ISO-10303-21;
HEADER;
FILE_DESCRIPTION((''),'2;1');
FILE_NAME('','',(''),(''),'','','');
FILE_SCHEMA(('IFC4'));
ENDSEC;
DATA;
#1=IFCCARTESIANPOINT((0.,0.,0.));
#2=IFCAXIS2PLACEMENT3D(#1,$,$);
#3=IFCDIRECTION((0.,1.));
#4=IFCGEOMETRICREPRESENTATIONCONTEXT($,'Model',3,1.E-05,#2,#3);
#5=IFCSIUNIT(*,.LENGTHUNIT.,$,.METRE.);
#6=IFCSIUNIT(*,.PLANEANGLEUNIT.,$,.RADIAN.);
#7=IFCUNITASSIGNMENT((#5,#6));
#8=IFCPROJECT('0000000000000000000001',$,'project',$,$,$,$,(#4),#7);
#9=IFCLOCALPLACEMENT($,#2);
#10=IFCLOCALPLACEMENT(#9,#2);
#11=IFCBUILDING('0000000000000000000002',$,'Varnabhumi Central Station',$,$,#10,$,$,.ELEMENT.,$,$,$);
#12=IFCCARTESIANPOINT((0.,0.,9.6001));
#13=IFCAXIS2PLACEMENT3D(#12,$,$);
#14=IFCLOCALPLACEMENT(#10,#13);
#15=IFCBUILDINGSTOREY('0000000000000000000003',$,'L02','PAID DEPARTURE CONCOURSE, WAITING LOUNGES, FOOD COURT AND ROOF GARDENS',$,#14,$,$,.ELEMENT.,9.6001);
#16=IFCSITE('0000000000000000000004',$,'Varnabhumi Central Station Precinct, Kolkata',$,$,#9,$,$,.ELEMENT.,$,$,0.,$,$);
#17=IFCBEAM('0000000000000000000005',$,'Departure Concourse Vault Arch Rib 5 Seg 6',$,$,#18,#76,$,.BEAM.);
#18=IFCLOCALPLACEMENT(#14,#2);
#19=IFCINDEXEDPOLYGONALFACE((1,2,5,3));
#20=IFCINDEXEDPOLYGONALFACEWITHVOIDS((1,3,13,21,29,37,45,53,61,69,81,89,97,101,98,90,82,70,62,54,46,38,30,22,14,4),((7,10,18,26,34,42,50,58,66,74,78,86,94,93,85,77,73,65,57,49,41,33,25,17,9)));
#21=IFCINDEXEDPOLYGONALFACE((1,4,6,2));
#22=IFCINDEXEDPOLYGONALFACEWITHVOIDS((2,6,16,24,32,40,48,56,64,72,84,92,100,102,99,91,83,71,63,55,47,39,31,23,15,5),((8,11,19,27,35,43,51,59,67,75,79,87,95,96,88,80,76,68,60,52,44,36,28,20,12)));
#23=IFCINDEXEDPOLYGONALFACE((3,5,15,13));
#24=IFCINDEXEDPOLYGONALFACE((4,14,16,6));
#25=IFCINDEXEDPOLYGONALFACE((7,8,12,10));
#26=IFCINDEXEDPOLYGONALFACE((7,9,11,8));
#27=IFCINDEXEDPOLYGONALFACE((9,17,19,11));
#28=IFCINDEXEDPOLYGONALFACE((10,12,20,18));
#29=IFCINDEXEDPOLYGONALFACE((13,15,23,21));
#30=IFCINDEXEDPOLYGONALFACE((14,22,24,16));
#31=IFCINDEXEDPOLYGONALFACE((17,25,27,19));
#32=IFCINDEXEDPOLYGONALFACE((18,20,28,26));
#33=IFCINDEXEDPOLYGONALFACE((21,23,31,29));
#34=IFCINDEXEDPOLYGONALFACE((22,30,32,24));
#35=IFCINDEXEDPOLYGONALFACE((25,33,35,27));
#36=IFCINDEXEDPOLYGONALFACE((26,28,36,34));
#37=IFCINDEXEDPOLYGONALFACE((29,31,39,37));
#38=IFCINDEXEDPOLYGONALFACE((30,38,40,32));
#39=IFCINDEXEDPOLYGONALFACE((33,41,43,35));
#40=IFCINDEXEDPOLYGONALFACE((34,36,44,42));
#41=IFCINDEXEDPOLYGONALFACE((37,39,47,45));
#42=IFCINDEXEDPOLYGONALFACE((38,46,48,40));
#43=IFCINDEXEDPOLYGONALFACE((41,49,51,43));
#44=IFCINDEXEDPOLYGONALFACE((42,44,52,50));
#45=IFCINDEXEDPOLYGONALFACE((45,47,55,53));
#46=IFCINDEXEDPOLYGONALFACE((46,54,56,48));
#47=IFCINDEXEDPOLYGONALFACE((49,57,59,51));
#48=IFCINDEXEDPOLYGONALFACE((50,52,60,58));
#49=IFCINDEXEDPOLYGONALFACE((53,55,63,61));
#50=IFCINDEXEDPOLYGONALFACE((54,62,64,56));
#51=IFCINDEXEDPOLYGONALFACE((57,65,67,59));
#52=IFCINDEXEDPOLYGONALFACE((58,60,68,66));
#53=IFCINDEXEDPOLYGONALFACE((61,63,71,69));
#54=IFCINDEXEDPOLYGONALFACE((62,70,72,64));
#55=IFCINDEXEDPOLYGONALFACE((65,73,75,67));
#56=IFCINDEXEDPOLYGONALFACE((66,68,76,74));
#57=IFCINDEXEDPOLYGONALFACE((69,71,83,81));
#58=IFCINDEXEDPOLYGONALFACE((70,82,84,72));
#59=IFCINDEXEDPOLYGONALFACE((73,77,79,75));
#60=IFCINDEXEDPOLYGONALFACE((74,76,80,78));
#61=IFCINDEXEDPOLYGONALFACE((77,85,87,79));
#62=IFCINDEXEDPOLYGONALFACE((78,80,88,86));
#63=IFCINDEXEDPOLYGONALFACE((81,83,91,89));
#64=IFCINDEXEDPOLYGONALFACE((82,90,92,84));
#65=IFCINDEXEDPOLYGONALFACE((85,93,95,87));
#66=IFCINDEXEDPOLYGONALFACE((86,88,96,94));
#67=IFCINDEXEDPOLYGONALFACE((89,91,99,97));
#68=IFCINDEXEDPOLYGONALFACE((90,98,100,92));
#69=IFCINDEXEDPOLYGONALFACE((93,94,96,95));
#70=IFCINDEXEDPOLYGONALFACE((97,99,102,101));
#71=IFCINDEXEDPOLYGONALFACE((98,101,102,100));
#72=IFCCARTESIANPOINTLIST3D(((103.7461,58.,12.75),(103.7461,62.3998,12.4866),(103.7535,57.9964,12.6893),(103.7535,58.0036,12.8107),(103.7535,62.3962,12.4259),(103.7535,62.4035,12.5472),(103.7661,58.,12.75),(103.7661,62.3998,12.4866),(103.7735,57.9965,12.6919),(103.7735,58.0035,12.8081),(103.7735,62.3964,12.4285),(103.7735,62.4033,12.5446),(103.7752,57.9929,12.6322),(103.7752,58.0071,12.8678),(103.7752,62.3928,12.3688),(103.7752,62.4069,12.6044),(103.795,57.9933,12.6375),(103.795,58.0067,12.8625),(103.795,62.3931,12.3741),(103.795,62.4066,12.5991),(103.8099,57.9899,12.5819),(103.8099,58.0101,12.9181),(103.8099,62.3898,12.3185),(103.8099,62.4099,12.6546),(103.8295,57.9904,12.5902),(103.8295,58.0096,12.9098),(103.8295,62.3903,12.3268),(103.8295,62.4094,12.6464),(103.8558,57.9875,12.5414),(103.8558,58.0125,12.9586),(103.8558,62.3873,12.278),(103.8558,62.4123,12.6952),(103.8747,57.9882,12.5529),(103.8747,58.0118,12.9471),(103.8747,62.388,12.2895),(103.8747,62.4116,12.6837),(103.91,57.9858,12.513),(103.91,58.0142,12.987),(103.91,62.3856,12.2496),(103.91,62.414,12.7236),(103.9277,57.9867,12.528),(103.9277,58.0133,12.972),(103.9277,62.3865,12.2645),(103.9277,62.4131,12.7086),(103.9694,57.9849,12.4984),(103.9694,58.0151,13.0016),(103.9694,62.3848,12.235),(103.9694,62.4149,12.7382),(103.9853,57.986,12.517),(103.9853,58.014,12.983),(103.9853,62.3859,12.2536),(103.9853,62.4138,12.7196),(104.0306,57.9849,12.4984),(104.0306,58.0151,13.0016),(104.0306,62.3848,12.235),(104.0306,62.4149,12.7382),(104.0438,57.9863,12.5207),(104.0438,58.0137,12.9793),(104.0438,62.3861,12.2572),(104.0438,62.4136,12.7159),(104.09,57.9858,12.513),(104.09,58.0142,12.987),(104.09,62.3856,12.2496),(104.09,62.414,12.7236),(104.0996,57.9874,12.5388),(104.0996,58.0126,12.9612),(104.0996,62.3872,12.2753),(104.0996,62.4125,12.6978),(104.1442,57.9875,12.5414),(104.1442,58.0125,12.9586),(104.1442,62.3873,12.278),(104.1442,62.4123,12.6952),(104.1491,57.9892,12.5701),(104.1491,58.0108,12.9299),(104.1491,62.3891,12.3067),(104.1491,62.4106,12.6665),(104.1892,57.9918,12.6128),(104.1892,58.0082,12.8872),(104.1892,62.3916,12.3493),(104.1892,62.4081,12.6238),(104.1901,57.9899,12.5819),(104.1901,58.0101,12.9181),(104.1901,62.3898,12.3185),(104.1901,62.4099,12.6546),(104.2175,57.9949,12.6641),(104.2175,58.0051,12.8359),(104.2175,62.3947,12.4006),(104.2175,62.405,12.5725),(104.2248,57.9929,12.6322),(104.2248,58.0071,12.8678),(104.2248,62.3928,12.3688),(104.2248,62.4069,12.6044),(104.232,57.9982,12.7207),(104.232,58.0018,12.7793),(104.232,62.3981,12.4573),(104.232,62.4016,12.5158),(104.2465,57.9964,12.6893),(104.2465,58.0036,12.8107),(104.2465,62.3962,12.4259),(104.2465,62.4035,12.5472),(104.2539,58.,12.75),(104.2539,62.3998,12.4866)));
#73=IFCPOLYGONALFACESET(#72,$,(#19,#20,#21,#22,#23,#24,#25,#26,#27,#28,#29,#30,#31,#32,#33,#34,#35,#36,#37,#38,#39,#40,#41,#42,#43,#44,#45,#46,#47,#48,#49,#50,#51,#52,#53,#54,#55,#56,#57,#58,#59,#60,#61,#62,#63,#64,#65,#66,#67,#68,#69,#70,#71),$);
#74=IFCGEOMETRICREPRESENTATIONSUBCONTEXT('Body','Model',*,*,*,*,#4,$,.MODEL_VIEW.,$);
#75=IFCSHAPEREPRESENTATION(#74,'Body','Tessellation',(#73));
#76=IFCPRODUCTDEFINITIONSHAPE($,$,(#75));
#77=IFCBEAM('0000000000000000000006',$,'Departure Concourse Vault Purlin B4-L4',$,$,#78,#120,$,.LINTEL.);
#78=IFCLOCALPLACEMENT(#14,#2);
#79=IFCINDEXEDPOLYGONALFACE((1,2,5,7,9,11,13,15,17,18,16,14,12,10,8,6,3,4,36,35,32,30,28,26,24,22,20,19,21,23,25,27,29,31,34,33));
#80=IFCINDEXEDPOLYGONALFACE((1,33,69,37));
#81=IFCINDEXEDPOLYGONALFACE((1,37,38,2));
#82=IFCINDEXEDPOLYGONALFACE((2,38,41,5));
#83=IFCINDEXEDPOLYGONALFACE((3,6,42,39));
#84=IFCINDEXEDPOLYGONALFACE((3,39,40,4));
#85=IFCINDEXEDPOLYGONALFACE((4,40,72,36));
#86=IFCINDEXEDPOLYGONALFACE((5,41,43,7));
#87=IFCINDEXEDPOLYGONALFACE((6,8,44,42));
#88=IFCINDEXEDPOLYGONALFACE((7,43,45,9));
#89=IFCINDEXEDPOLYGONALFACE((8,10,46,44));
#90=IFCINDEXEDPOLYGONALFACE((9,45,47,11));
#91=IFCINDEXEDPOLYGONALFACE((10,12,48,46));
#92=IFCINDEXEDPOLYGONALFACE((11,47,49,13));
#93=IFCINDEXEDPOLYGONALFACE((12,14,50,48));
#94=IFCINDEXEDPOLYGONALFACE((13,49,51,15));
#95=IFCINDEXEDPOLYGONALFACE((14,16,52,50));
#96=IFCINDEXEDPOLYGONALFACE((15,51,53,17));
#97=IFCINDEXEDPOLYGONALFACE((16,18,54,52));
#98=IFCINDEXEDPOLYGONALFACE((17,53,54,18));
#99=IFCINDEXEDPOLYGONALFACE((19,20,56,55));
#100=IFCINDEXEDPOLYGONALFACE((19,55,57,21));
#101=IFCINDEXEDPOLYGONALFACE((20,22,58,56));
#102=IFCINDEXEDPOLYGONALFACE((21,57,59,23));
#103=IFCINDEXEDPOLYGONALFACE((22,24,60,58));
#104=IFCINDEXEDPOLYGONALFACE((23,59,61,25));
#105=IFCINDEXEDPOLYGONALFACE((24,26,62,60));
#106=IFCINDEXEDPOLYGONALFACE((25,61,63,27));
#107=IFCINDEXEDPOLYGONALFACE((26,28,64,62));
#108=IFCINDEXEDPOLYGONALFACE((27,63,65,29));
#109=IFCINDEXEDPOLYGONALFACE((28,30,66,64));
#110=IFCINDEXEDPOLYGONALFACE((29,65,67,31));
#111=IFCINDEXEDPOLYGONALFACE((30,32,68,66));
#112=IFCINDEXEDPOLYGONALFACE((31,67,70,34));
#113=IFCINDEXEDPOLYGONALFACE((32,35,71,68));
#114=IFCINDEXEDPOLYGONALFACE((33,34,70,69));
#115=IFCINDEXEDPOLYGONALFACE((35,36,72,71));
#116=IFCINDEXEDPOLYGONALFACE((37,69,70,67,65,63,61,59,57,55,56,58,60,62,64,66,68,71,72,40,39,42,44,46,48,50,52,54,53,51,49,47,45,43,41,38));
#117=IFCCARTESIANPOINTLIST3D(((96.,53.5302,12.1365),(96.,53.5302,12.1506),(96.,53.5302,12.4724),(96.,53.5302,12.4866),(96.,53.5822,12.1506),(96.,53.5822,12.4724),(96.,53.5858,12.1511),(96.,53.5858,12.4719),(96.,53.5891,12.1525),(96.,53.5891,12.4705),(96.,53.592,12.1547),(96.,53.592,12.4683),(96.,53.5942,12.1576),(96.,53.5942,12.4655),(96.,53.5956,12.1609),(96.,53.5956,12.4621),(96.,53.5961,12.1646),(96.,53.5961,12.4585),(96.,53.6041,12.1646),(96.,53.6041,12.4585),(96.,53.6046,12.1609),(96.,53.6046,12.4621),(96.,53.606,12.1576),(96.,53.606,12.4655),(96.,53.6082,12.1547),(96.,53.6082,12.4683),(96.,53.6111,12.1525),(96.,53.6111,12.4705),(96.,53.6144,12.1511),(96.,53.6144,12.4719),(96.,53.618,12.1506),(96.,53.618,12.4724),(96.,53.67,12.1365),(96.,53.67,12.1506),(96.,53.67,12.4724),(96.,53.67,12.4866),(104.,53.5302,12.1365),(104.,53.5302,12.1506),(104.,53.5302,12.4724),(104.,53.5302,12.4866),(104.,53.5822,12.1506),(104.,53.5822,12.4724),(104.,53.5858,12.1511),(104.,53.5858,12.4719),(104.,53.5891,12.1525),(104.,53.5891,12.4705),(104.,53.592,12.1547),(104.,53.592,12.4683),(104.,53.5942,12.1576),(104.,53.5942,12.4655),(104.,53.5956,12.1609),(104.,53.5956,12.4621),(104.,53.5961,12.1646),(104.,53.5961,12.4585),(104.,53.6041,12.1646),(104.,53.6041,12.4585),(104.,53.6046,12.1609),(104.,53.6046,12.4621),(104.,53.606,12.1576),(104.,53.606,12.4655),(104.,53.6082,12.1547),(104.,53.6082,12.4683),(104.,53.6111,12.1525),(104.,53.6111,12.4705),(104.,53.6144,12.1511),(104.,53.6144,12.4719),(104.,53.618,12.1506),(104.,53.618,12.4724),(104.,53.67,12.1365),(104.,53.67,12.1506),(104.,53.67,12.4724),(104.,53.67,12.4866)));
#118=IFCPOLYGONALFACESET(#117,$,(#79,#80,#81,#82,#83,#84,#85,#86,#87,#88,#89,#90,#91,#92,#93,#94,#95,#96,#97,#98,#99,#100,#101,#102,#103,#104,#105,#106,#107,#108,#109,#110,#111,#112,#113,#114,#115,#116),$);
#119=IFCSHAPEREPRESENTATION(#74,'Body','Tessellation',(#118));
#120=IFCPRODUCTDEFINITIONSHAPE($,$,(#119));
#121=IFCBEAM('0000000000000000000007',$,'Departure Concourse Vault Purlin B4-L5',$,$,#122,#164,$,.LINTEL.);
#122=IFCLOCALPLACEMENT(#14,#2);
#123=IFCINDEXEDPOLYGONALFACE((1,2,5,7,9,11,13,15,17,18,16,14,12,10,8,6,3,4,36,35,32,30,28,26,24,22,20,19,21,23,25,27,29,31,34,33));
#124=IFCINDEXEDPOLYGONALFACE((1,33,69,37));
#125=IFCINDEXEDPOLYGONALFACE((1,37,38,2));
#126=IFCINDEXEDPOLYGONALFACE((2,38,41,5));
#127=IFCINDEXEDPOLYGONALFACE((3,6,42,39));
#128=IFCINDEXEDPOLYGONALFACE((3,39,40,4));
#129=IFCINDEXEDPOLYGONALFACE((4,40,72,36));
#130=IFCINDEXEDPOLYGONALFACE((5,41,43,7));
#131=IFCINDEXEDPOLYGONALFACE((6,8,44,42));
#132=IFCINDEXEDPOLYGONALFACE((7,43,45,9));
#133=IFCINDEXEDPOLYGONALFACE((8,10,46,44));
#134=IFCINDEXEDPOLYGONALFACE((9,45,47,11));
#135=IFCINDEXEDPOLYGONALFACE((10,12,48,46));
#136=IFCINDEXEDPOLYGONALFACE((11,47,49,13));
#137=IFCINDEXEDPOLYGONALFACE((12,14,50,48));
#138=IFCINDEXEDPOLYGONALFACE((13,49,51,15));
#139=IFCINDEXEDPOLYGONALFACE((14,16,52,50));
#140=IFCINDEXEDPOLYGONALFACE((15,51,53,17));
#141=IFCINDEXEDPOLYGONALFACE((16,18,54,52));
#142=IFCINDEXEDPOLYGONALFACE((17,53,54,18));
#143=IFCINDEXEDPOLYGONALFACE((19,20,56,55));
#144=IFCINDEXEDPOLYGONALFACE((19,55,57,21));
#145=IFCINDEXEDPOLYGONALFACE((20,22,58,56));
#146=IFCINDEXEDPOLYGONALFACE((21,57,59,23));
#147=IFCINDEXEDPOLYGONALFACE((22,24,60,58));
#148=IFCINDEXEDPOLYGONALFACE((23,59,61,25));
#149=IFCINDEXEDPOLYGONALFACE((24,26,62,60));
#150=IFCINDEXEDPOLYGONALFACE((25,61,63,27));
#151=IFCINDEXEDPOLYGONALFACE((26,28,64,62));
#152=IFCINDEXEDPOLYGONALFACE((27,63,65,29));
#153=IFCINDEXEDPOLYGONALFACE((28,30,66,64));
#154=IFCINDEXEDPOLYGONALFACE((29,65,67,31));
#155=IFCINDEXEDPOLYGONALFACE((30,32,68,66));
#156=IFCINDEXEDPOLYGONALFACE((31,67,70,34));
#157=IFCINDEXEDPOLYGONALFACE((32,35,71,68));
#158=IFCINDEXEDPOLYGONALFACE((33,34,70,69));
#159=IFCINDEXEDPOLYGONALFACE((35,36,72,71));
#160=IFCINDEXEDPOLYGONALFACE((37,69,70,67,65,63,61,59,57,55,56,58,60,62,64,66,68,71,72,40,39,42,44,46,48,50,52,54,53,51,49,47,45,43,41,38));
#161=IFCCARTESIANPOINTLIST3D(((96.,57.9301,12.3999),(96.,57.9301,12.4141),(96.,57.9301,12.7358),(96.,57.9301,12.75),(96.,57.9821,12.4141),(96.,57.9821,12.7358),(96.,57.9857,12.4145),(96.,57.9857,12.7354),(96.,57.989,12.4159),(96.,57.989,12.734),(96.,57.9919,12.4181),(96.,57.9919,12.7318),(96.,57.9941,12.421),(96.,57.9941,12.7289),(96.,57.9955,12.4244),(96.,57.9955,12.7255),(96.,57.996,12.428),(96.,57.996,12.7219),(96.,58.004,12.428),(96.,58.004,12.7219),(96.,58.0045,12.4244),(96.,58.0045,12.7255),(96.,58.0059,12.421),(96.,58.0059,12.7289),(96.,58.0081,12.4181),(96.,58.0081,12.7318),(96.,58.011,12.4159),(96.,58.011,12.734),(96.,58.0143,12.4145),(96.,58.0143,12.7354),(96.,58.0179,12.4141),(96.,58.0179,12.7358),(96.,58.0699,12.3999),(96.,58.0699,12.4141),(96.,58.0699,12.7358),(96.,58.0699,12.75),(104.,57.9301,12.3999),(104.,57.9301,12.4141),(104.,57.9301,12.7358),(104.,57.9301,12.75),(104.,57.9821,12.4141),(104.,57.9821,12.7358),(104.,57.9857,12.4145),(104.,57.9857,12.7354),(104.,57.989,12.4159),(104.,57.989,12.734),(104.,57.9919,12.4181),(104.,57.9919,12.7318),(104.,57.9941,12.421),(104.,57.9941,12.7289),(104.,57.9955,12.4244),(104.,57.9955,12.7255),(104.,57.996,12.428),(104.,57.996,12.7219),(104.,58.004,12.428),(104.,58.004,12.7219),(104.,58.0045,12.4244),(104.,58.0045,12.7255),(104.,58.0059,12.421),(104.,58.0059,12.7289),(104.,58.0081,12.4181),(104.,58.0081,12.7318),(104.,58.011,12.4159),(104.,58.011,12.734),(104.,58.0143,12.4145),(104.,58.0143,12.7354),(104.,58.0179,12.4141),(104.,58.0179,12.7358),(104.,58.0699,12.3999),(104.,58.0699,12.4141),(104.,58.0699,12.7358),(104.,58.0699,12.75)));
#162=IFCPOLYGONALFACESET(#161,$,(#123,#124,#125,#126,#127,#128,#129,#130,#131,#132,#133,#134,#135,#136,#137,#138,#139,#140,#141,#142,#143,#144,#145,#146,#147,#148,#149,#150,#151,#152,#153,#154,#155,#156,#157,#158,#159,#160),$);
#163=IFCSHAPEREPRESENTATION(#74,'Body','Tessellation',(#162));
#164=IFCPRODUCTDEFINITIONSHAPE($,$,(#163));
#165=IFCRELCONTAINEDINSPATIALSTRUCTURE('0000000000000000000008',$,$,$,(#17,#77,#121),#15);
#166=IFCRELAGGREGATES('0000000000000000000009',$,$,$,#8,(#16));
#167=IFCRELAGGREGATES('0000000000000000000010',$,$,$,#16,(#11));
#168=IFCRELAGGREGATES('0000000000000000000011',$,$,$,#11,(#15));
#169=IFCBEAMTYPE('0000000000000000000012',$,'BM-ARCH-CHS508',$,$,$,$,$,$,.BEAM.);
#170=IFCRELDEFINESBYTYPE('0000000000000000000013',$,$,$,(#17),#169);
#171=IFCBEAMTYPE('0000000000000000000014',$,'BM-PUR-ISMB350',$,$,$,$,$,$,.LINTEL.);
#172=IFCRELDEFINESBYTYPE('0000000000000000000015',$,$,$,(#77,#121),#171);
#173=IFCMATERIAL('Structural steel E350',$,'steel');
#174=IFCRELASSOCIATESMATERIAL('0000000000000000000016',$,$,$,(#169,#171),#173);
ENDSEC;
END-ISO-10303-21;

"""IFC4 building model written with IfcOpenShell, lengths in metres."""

from ifc_helpers import new_model, si_unit, direction, frame, origin, origin_2d, place, context, subcontext, project, spatial, hollow_circle, i_section, extrude, material, material_profile, profile_set, type_object, element, save


model = new_model("IFC4")

# Units and contexts
model_context = context("Model", 3, precision=1e-05, world=origin(), true_north=direction((0.0, 1.0)))
body_context = subcontext(model_context, "Body", "Model", "MODEL_VIEW")
ifc_project = project(units=[si_unit("LENGTHUNIT", "METRE"), si_unit("PLANEANGLEUNIT", "RADIAN")], contexts=[model_context])

# Site, building, storey
site_placement = place(None, origin())
site = spatial("IfcSite", under=ifc_project, at=site_placement, Name="Varnabhumi Central Station Precinct, Kolkata", CompositionType="ELEMENT", RefElevation=0.0)
building_placement = place(site_placement, origin())
building = spatial("IfcBuilding", under=site, at=building_placement, Name="Varnabhumi Central Station", CompositionType="ELEMENT")
storey_placement = place(building_placement, frame((0.0, 0.0, 9.6001)))
storey = spatial("IfcBuildingStorey", under=building, at=storey_placement, Name="L02", Description="PAID DEPARTURE CONCOURSE, WAITING LOUNGES, FOOD COURT AND ROOF GARDENS", CompositionType="ELEMENT", Elevation=9.6001)

# Beams
ifc_material_1 = material(Name="Structural steel E350", Category="steel")
ifc_material_profile_1 = material_profile(ifc_material_1, hollow_circle(Radius=0.2539, WallThickness=0.02, at=origin_2d()), Name="Structural steel E350", Category="steel")
ifc_profile_set_1 = profile_set([ifc_material_profile_1], Name="Structural steel E350")
beam_type_1 = type_object("IfcBeamType", Name="BM-ARCH-CHS508", PredefinedType="BEAM", material=ifc_profile_set_1)
for number, where, z_axis, x_axis, name in (
    (1, (104.0, 58.0, 12.75), (0.0, 0.998213, -0.059764), (-1.0, 0.0, 0.0), "Departure Concourse Vault Arch Rib 5 Seg 6"),
):
    element("IfcBeam", number, at=place(storey_placement, frame(where, z_axis=z_axis, x_axis=x_axis)), inside=storey, type_object=beam_type_1, Name=name, PredefinedType="BEAM", context=body_context, shape_type="SweptSolid", body=[
        extrude(hollow_circle(Radius=0.2539, WallThickness=0.02, at=origin_2d()), origin(), (0.0, 0.0, 1.0), 4.4077),
    ])
ifc_material_profile_2 = material_profile(ifc_material_1, i_section(OverallWidth=0.1399, OverallDepth=0.3501, WebThickness=0.0081, FlangeThickness=0.0142, FilletRadius=0.0139, at=origin_2d()), Name="Structural steel E350", Category="steel")
ifc_profile_set_2 = profile_set([ifc_material_profile_2], Name="Structural steel E350")
beam_type_2 = type_object("IfcBeamType", Name="BM-PUR-ISMB350", PredefinedType="LINTEL", material=ifc_profile_set_2)
for number, where, z_axis, x_axis, name in (
    (2, (96.0, 53.6001, 12.3115), (1.0, 0.0, 0.0), (0.0, 1.0, 0.0), "Departure Concourse Vault Purlin B4-L4"),
    (3, (96.0, 58.0, 12.575), (1.0, 0.0, 0.0), (0.0, 1.0, 0.0), "Departure Concourse Vault Purlin B4-L5"),
):
    element("IfcBeam", number, at=place(storey_placement, frame(where, z_axis=z_axis, x_axis=x_axis)), inside=storey, type_object=beam_type_2, Name=name, PredefinedType="LINTEL", context=body_context, shape_type="SweptSolid", body=[
        extrude(i_section(OverallWidth=0.1399, OverallDepth=0.3501, WebThickness=0.0081, FlangeThickness=0.0142, FilletRadius=0.0139, at=origin_2d()), origin(), (0.0, 0.0, 1.0), 8.0),
    ])

save(model, "model.ifc")
